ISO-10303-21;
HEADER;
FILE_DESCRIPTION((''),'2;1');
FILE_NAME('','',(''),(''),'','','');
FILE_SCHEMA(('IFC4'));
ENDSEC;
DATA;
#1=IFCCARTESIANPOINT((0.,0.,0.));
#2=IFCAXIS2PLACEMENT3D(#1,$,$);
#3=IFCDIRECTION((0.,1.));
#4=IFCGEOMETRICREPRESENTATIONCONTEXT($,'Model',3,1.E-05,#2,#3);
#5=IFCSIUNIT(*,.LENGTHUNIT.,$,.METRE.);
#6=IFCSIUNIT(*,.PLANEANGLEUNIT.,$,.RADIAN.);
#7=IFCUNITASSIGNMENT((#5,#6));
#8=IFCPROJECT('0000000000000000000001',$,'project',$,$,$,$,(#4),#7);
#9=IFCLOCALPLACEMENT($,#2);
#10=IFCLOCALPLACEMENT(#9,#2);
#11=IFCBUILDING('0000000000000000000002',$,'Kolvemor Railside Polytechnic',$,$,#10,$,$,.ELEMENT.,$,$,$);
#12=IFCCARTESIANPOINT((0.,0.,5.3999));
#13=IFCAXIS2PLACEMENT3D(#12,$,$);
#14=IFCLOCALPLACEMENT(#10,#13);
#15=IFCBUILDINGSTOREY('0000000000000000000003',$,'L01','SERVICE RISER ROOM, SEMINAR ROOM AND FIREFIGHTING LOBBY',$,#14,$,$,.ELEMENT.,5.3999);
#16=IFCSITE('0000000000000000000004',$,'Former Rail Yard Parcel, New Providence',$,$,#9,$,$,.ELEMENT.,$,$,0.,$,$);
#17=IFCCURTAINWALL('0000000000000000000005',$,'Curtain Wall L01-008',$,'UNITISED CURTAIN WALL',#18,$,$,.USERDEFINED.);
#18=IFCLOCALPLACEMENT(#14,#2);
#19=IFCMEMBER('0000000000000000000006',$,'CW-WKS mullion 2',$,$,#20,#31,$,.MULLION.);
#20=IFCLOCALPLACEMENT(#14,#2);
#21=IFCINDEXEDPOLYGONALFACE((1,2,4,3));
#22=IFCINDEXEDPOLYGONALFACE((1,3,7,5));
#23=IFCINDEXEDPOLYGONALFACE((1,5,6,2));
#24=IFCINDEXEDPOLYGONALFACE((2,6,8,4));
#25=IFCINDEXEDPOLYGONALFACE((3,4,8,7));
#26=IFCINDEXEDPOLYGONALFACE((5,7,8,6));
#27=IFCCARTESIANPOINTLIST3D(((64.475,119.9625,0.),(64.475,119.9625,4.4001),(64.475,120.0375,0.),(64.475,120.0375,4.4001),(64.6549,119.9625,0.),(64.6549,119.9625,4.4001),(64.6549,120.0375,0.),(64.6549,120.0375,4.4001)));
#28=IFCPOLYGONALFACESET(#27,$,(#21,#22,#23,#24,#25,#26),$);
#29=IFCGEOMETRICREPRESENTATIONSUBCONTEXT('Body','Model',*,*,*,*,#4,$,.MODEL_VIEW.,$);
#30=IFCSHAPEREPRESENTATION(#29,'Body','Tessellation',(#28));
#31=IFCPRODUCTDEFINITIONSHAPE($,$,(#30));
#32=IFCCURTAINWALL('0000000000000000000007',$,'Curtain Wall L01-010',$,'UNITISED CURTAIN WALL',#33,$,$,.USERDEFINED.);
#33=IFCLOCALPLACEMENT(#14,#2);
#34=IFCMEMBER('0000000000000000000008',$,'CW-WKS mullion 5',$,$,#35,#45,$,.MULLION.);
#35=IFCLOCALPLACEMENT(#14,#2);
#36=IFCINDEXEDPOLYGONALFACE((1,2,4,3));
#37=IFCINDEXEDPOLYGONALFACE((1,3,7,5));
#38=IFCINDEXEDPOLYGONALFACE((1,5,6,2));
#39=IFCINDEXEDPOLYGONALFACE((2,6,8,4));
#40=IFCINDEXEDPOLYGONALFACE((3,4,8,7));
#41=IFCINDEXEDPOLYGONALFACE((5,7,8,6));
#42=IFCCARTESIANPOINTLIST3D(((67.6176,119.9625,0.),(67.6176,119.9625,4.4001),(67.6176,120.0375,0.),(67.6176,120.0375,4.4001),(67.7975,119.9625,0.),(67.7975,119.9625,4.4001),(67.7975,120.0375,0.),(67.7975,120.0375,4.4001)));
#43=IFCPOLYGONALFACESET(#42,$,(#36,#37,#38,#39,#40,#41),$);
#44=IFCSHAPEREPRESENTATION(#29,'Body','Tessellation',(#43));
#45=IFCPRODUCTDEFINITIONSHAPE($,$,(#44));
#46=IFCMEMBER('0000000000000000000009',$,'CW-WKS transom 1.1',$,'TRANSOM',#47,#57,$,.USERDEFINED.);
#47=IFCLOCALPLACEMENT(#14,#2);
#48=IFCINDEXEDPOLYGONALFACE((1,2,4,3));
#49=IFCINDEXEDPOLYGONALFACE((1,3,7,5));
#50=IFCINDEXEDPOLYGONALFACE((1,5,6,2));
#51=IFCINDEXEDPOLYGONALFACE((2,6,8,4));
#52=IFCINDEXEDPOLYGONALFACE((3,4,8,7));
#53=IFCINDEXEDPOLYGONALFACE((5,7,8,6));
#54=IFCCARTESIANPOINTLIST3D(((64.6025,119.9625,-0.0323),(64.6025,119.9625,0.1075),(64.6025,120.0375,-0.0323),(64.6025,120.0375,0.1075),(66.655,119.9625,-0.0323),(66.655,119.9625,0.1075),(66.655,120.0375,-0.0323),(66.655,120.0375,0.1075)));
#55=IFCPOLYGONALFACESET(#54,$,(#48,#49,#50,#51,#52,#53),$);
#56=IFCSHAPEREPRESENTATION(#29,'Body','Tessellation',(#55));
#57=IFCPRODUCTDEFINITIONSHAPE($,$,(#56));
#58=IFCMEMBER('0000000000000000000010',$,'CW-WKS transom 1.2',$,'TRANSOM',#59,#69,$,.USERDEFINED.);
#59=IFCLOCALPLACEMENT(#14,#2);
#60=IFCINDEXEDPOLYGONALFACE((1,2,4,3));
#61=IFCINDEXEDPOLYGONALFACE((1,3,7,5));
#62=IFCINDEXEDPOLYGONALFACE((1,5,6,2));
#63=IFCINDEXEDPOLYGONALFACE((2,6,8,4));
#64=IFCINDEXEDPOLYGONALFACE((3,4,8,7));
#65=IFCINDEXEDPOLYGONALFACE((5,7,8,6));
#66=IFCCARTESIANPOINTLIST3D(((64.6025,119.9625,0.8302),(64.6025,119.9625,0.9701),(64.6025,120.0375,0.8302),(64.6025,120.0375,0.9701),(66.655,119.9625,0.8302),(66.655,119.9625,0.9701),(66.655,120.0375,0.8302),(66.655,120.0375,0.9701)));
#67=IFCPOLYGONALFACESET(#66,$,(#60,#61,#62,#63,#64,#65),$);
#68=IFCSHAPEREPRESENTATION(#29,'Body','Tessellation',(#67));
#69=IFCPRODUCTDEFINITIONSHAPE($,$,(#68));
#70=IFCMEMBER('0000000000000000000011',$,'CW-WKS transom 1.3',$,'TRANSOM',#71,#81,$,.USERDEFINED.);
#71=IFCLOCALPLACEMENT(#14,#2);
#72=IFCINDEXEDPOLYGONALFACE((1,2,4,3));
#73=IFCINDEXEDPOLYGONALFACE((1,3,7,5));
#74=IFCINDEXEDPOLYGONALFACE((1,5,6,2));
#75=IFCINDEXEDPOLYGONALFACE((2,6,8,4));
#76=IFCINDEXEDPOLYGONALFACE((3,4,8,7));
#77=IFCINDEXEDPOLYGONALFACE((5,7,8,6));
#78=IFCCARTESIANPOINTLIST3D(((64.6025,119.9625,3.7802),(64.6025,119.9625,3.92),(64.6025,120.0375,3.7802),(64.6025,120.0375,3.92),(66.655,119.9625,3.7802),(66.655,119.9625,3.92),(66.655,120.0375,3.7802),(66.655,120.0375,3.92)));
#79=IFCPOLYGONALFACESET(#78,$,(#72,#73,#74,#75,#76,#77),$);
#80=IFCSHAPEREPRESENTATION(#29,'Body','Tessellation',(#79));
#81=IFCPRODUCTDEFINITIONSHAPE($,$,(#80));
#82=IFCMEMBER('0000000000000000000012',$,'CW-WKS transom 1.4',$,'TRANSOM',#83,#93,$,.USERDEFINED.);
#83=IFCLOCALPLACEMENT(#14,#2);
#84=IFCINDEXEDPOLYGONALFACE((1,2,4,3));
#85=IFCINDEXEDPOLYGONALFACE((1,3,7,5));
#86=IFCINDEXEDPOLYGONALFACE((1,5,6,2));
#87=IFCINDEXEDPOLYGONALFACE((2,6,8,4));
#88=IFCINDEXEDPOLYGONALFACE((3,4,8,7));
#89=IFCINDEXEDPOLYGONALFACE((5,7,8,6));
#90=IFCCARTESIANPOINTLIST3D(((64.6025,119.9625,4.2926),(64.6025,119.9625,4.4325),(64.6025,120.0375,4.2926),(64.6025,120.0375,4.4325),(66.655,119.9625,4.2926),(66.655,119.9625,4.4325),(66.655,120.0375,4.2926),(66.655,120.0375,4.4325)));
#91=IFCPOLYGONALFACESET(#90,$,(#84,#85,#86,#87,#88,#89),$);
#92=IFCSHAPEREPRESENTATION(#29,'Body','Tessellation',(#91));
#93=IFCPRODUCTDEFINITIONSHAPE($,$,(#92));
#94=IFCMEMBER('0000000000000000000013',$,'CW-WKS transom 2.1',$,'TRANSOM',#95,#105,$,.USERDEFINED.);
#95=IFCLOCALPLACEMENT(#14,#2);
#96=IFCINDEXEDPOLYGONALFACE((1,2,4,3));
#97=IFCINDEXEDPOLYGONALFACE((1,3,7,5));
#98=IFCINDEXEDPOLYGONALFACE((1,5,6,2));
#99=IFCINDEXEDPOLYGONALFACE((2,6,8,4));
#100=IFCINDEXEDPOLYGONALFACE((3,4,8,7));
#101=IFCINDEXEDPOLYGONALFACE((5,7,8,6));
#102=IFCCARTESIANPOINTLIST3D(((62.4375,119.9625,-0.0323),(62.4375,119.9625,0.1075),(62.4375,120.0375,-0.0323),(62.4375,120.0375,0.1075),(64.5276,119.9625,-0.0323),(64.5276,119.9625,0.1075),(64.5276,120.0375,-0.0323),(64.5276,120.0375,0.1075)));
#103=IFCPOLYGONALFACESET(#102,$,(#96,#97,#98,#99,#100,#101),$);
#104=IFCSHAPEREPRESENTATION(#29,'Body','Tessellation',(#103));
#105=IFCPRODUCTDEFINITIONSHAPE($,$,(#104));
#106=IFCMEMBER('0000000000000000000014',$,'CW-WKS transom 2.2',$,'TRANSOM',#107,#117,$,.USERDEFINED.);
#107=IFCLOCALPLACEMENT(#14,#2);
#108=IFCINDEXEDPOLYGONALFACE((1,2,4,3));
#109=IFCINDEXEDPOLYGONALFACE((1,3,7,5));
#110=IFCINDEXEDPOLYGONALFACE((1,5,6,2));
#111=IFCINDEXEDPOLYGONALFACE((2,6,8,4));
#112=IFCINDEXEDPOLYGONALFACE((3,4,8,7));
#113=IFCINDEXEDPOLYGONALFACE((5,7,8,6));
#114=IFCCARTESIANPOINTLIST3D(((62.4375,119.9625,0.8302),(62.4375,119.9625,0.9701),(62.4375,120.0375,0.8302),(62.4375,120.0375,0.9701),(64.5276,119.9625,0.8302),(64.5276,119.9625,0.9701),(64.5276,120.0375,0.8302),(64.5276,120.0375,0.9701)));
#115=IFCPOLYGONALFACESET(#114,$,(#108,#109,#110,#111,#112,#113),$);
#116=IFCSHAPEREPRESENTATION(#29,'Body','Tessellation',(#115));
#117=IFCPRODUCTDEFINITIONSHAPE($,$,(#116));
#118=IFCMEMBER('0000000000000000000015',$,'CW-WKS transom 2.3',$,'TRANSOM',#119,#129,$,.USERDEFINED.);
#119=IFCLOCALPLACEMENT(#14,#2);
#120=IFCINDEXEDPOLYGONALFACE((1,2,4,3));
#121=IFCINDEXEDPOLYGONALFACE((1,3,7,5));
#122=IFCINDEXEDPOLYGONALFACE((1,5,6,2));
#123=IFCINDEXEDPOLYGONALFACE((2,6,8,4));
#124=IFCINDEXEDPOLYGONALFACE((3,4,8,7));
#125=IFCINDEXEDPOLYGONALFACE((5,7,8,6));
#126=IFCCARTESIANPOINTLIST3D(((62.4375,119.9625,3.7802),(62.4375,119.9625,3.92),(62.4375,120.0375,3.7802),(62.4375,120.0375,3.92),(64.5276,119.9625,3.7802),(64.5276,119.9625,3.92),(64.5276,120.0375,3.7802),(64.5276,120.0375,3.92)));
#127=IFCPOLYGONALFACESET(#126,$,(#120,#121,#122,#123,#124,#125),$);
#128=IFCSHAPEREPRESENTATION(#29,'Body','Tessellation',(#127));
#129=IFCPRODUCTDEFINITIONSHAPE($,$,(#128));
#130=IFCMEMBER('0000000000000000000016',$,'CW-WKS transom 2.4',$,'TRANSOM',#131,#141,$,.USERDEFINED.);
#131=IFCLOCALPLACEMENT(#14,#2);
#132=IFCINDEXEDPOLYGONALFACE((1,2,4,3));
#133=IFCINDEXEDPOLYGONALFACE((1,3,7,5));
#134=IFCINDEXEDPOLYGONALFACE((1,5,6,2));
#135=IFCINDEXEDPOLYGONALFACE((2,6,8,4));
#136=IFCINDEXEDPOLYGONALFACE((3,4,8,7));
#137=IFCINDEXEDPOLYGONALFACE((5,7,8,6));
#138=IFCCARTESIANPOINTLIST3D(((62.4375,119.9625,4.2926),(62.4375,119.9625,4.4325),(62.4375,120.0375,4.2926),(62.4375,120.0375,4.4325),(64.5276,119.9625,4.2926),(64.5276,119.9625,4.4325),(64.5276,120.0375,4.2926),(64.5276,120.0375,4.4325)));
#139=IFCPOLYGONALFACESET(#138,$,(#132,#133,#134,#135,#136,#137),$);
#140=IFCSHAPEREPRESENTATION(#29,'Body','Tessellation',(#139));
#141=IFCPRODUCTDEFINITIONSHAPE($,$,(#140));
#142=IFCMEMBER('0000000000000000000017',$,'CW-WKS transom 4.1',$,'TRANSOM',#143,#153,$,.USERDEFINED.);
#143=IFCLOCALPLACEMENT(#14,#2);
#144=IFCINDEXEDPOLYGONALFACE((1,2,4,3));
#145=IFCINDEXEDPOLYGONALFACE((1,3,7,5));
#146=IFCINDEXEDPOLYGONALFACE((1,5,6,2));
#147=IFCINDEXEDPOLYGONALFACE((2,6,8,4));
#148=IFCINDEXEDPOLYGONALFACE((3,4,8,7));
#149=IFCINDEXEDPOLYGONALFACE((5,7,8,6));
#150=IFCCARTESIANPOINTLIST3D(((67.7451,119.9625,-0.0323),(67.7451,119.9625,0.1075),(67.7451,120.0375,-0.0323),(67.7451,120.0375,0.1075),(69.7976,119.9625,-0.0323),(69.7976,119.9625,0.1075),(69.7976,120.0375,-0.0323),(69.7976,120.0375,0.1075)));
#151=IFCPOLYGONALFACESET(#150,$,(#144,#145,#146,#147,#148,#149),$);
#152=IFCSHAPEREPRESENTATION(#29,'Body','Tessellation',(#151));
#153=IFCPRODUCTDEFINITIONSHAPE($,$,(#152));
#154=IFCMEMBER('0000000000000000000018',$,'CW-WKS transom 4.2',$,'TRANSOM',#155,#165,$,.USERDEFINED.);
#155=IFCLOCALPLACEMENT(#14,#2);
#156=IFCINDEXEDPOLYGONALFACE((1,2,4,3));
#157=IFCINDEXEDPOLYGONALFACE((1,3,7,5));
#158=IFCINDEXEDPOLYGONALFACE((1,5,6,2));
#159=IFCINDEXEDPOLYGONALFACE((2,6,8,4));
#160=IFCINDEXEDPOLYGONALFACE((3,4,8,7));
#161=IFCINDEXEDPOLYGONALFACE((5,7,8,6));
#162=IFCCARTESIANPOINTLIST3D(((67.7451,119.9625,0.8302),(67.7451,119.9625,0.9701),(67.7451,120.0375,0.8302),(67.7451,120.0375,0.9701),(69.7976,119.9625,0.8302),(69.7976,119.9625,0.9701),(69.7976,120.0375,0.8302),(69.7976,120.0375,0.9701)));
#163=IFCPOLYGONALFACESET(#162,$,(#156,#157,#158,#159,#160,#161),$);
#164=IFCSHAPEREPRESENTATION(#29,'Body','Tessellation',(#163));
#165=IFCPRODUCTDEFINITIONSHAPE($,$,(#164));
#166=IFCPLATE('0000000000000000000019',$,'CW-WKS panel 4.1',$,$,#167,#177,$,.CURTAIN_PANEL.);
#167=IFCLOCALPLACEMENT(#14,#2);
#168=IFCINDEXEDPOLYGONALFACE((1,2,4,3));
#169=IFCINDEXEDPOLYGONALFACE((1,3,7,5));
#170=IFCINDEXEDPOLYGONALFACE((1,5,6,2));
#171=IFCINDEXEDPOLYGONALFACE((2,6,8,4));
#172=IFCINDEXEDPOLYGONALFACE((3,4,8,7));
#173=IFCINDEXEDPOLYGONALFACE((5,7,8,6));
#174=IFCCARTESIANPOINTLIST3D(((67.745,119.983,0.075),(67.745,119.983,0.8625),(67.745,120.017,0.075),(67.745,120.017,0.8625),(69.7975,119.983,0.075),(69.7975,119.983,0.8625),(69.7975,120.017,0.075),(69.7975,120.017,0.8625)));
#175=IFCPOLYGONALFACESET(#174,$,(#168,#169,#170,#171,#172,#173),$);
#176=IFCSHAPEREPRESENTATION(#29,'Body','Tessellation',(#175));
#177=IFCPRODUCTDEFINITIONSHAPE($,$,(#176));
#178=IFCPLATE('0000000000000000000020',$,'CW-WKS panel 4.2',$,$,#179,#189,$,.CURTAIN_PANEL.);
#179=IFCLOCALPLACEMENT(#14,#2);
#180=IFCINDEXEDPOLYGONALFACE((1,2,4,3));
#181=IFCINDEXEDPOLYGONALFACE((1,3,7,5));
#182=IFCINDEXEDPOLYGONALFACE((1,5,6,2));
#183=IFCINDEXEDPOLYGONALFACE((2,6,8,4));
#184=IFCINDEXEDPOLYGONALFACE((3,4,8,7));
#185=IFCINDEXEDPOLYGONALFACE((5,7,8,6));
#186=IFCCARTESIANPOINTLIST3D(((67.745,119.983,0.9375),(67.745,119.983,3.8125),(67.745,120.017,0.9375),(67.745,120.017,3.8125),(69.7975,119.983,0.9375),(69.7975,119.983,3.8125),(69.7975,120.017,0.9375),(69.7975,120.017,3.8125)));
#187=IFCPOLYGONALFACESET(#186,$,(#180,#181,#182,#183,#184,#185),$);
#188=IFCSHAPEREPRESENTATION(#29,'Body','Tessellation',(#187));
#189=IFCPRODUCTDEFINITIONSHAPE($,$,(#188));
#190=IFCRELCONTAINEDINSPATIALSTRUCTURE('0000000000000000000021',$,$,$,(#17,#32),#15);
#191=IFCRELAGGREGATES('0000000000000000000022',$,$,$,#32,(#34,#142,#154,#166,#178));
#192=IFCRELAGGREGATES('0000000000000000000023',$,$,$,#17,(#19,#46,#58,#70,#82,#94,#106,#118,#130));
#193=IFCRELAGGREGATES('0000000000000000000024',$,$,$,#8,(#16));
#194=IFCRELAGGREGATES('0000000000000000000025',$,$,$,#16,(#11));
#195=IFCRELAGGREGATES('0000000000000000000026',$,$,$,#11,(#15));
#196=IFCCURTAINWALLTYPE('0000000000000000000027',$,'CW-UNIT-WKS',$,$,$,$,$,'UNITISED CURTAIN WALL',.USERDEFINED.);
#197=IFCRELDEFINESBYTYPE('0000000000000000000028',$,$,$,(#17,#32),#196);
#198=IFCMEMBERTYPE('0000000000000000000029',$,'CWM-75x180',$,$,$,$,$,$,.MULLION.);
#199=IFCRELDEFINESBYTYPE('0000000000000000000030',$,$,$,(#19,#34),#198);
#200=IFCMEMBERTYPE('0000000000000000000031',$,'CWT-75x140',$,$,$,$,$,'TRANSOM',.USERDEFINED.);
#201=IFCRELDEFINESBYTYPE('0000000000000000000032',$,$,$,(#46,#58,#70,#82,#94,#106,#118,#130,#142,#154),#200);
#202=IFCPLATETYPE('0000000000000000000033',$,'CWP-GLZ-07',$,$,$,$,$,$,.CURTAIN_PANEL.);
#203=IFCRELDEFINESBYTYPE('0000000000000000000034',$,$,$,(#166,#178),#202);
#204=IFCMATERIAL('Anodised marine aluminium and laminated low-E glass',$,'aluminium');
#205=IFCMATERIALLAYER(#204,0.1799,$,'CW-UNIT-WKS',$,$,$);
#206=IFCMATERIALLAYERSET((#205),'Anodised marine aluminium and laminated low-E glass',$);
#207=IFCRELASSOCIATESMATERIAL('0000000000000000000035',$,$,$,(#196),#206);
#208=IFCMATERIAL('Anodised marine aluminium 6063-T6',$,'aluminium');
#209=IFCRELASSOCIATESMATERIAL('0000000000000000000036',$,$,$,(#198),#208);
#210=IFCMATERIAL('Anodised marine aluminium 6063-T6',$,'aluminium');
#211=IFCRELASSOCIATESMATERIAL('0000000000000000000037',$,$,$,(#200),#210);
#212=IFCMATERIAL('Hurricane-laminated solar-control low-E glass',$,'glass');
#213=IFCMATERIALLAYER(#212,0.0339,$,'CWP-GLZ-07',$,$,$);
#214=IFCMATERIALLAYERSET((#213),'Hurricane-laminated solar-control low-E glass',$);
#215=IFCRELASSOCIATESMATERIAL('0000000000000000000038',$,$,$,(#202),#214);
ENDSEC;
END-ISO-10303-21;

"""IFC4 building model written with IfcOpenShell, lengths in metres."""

from ifc_helpers import new_model, si_unit, direction, frame, origin, origin_2d, place, context, subcontext, project, spatial, rectangle, extrude, material, layer, layer_set, material_profile, profile_set, type_object, element, aggregate, save


model = new_model("IFC4")

# Units and contexts
model_context = context("Model", 3, precision=1e-05, world=origin(), true_north=direction((0.0, 1.0)))
body_context = subcontext(model_context, "Body", "Model", "MODEL_VIEW")
ifc_project = project(units=[si_unit("LENGTHUNIT", "METRE"), si_unit("PLANEANGLEUNIT", "RADIAN")], contexts=[model_context])

# Site, building, storey
site_placement = place(None, origin())
site = spatial("IfcSite", under=ifc_project, at=site_placement, Name="Former Rail Yard Parcel, New Providence", CompositionType="ELEMENT", RefElevation=0.0)
building_placement = place(site_placement, origin())
building = spatial("IfcBuilding", under=site, at=building_placement, Name="Kolvemor Railside Polytechnic", CompositionType="ELEMENT")
storey_placement = place(building_placement, frame((0.0, 0.0, 5.3999)))
storey = spatial("IfcBuildingStorey", under=building, at=storey_placement, Name="L01", Description="SERVICE RISER ROOM, SEMINAR ROOM AND FIREFIGHTING LOBBY", CompositionType="ELEMENT", Elevation=5.3999)

# Curtain wall, member
ifc_material_1 = material(Name="Anodised marine aluminium and laminated low-E glass", Category="aluminium")
ifc_layer_1 = layer(ifc_material_1, 0.1799, Name="CW-UNIT-WKS")
ifc_layer_set_1 = layer_set([ifc_layer_1], Name="Anodised marine aluminium and laminated low-E glass")
curtain_wall_type = type_object("IfcCurtainWallType", Name="CW-UNIT-WKS", ElementType="UNITISED CURTAIN WALL", PredefinedType="USERDEFINED", material=ifc_layer_set_1)
curtain_wall_1_placement = place(storey_placement, origin())
curtain_wall_1 = element("IfcCurtainWall", 1, at=curtain_wall_1_placement, inside=storey, type_object=curtain_wall_type, Name="Curtain Wall L01-008", ObjectType="UNITISED CURTAIN WALL", PredefinedType="USERDEFINED")
ifc_material_2 = material(Name="Anodised marine aluminium 6063-T6", Category="aluminium")
ifc_material_profile_1 = material_profile(ifc_material_2, rectangle(XDim=0.075, YDim=0.1799, at=origin_2d()), Name="CW-MUL-75x180")
ifc_profile_set_1 = profile_set([ifc_material_profile_1], Name="Anodised marine aluminium 6063-T6")
member_type_1 = type_object("IfcMemberType", Name="CWM-75x180", PredefinedType="MULLION", material=ifc_profile_set_1)
member_1_placement = place(storey_placement, frame((64.5649, 120.0, 0.0), z_axis=(0.0, 0.0, 1.0), x_axis=(0.0, -1.0, 0.0)))
member_1 = element("IfcMember", 2, at=member_1_placement, type_object=member_type_1, Name="CW-WKS mullion 2", PredefinedType="MULLION", context=body_context, shape_type="SweptSolid", body=[
    extrude(rectangle(XDim=0.075, YDim=0.1799, at=origin_2d()), origin(), (0.0, 0.0, 1.0), 4.4001),
])

# Curtain wall, member
curtain_wall_2_placement = place(storey_placement, origin())
curtain_wall_2 = element("IfcCurtainWall", 3, at=curtain_wall_2_placement, inside=storey, type_object=curtain_wall_type, Name="Curtain Wall L01-010", ObjectType="UNITISED CURTAIN WALL", PredefinedType="USERDEFINED")
member_2_placement = place(storey_placement, frame((67.7075, 120.0, 0.0), z_axis=(0.0, 0.0, 1.0), x_axis=(0.0, -1.0, 0.0)))
member_2 = element("IfcMember", 4, at=member_2_placement, type_object=member_type_1, Name="CW-WKS mullion 5", PredefinedType="MULLION", context=body_context, shape_type="SweptSolid", body=[
    extrude(rectangle(XDim=0.075, YDim=0.1799, at=origin_2d()), origin(), (0.0, 0.0, 1.0), 4.4001),
])

# Members
ifc_material_3 = material(Name="Anodised marine aluminium 6063-T6", Category="aluminium")
ifc_material_profile_2 = material_profile(ifc_material_3, rectangle(XDim=0.075, YDim=0.1399, at=origin_2d()), Name="CW-TRN-75x140")
ifc_profile_set_2 = profile_set([ifc_material_profile_2], Name="Anodised marine aluminium 6063-T6")
member_type_2 = type_object("IfcMemberType", Name="CWT-75x140", ElementType="TRANSOM", PredefinedType="USERDEFINED", material=ifc_profile_set_2)
member_3_placement = place(storey_placement, frame((66.655, 120.0, 0.0376), z_axis=(-1.0, 0.0, 0.0), x_axis=(0.0, -1.0, 0.0)))
member_3 = element("IfcMember", 5, at=member_3_placement, type_object=member_type_2, Name="CW-WKS transom 1.1", ObjectType="TRANSOM", PredefinedType="USERDEFINED", context=body_context, shape_type="SweptSolid", body=[
    extrude(rectangle(XDim=0.075, YDim=0.1399, at=origin_2d()), origin(), (0.0, 0.0, 1.0), 2.0525),
])
member_4_placement = place(storey_placement, frame((66.655, 120.0, 0.9001), z_axis=(-1.0, 0.0, 0.0), x_axis=(0.0, -1.0, 0.0)))
member_4 = element("IfcMember", 6, at=member_4_placement, type_object=member_type_2, Name="CW-WKS transom 1.2", ObjectType="TRANSOM", PredefinedType="USERDEFINED", context=body_context, shape_type="SweptSolid", body=[
    extrude(rectangle(XDim=0.075, YDim=0.1399, at=origin_2d()), origin(), (0.0, 0.0, 1.0), 2.0525),
])
member_5_placement = place(storey_placement, frame((66.655, 120.0, 3.8501), z_axis=(-1.0, 0.0, 0.0), x_axis=(0.0, -1.0, 0.0)))
member_5 = element("IfcMember", 7, at=member_5_placement, type_object=member_type_2, Name="CW-WKS transom 1.3", ObjectType="TRANSOM", PredefinedType="USERDEFINED", context=body_context, shape_type="SweptSolid", body=[
    extrude(rectangle(XDim=0.075, YDim=0.1399, at=origin_2d()), origin(), (0.0, 0.0, 1.0), 2.0525),
])
member_6_placement = place(storey_placement, frame((66.655, 120.0, 4.3625), z_axis=(-1.0, 0.0, 0.0), x_axis=(0.0, -1.0, 0.0)))
member_6 = element("IfcMember", 8, at=member_6_placement, type_object=member_type_2, Name="CW-WKS transom 1.4", ObjectType="TRANSOM", PredefinedType="USERDEFINED", context=body_context, shape_type="SweptSolid", body=[
    extrude(rectangle(XDim=0.075, YDim=0.1399, at=origin_2d()), origin(), (0.0, 0.0, 1.0), 2.0525),
])
member_7_placement = place(storey_placement, frame((64.5276, 120.0, 0.0376), z_axis=(-1.0, 0.0, 0.0), x_axis=(0.0, -1.0, 0.0)))
member_7 = element("IfcMember", 9, at=member_7_placement, type_object=member_type_2, Name="CW-WKS transom 2.1", ObjectType="TRANSOM", PredefinedType="USERDEFINED", context=body_context, shape_type="SweptSolid", body=[
    extrude(rectangle(XDim=0.075, YDim=0.1399, at=origin_2d()), origin(), (0.0, 0.0, 1.0), 2.0901),
])
member_8_placement = place(storey_placement, frame((64.5276, 120.0, 0.9001), z_axis=(-1.0, 0.0, 0.0), x_axis=(0.0, -1.0, 0.0)))
member_8 = element("IfcMember", 10, at=member_8_placement, type_object=member_type_2, Name="CW-WKS transom 2.2", ObjectType="TRANSOM", PredefinedType="USERDEFINED", context=body_context, shape_type="SweptSolid", body=[
    extrude(rectangle(XDim=0.075, YDim=0.1399, at=origin_2d()), origin(), (0.0, 0.0, 1.0), 2.0901),
])
member_9_placement = place(storey_placement, frame((64.5276, 120.0, 3.8501), z_axis=(-1.0, 0.0, 0.0), x_axis=(0.0, -1.0, 0.0)))
member_9 = element("IfcMember", 11, at=member_9_placement, type_object=member_type_2, Name="CW-WKS transom 2.3", ObjectType="TRANSOM", PredefinedType="USERDEFINED", context=body_context, shape_type="SweptSolid", body=[
    extrude(rectangle(XDim=0.075, YDim=0.1399, at=origin_2d()), origin(), (0.0, 0.0, 1.0), 2.0901),
])
member_10_placement = place(storey_placement, frame((64.5276, 120.0, 4.3625), z_axis=(-1.0, 0.0, 0.0), x_axis=(0.0, -1.0, 0.0)))
member_10 = element("IfcMember", 12, at=member_10_placement, type_object=member_type_2, Name="CW-WKS transom 2.4", ObjectType="TRANSOM", PredefinedType="USERDEFINED", context=body_context, shape_type="SweptSolid", body=[
    extrude(rectangle(XDim=0.075, YDim=0.1399, at=origin_2d()), origin(), (0.0, 0.0, 1.0), 2.0901),
])
member_11_placement = place(storey_placement, frame((69.7976, 120.0, 0.0376), z_axis=(-1.0, 0.0, 0.0), x_axis=(0.0, -1.0, 0.0)))
member_11 = element("IfcMember", 13, at=member_11_placement, type_object=member_type_2, Name="CW-WKS transom 4.1", ObjectType="TRANSOM", PredefinedType="USERDEFINED", context=body_context, shape_type="SweptSolid", body=[
    extrude(rectangle(XDim=0.075, YDim=0.1399, at=origin_2d()), origin(), (0.0, 0.0, 1.0), 2.0525),
])
member_12_placement = place(storey_placement, frame((69.7976, 120.0, 0.9001), z_axis=(-1.0, 0.0, 0.0), x_axis=(0.0, -1.0, 0.0)))
member_12 = element("IfcMember", 14, at=member_12_placement, type_object=member_type_2, Name="CW-WKS transom 4.2", ObjectType="TRANSOM", PredefinedType="USERDEFINED", context=body_context, shape_type="SweptSolid", body=[
    extrude(rectangle(XDim=0.075, YDim=0.1399, at=origin_2d()), origin(), (0.0, 0.0, 1.0), 2.0525),
])

# Plates
ifc_material_4 = material(Name="Hurricane-laminated solar-control low-E glass", Category="glass")
ifc_layer_2 = layer(ifc_material_4, 0.0339, Name="CWP-GLZ-07")
ifc_layer_set_2 = layer_set([ifc_layer_2], Name="Hurricane-laminated solar-control low-E glass")
plate_type_1 = type_object("IfcPlateType", Name="CWP-GLZ-07", PredefinedType="CURTAIN_PANEL", material=ifc_layer_set_2)
plate_1_placement = place(storey_placement, frame((68.7712, 120.0, 0.075), z_axis=(0.0, 0.0, 1.0), x_axis=(-1.0, 0.0, 0.0)))
plate_1 = element("IfcPlate", 15, at=plate_1_placement, type_object=plate_type_1, Name="CW-WKS panel 4.1", PredefinedType="CURTAIN_PANEL", context=body_context, shape_type="SweptSolid", body=[
    extrude(rectangle(XDim=2.0525, YDim=0.0339, at=origin_2d()), origin(), (0.0, 0.0, 1.0), 0.7876),
])
plate_2_placement = place(storey_placement, frame((68.7712, 120.0, 0.9375), z_axis=(0.0, 0.0, 1.0), x_axis=(-1.0, 0.0, 0.0)))
plate_2 = element("IfcPlate", 16, at=plate_2_placement, type_object=plate_type_1, Name="CW-WKS panel 4.2", PredefinedType="CURTAIN_PANEL", context=body_context, shape_type="SweptSolid", body=[
    extrude(rectangle(XDim=2.0525, YDim=0.0339, at=origin_2d()), origin(), (0.0, 0.0, 1.0), 2.875),
])
aggregate(curtain_wall_2, [member_2, member_11, member_12, plate_1, plate_2])
aggregate(curtain_wall_1, [member_1, member_3, member_4, member_5, member_6, member_7, member_8, member_9, member_10])

save(model, "model.ifc")
